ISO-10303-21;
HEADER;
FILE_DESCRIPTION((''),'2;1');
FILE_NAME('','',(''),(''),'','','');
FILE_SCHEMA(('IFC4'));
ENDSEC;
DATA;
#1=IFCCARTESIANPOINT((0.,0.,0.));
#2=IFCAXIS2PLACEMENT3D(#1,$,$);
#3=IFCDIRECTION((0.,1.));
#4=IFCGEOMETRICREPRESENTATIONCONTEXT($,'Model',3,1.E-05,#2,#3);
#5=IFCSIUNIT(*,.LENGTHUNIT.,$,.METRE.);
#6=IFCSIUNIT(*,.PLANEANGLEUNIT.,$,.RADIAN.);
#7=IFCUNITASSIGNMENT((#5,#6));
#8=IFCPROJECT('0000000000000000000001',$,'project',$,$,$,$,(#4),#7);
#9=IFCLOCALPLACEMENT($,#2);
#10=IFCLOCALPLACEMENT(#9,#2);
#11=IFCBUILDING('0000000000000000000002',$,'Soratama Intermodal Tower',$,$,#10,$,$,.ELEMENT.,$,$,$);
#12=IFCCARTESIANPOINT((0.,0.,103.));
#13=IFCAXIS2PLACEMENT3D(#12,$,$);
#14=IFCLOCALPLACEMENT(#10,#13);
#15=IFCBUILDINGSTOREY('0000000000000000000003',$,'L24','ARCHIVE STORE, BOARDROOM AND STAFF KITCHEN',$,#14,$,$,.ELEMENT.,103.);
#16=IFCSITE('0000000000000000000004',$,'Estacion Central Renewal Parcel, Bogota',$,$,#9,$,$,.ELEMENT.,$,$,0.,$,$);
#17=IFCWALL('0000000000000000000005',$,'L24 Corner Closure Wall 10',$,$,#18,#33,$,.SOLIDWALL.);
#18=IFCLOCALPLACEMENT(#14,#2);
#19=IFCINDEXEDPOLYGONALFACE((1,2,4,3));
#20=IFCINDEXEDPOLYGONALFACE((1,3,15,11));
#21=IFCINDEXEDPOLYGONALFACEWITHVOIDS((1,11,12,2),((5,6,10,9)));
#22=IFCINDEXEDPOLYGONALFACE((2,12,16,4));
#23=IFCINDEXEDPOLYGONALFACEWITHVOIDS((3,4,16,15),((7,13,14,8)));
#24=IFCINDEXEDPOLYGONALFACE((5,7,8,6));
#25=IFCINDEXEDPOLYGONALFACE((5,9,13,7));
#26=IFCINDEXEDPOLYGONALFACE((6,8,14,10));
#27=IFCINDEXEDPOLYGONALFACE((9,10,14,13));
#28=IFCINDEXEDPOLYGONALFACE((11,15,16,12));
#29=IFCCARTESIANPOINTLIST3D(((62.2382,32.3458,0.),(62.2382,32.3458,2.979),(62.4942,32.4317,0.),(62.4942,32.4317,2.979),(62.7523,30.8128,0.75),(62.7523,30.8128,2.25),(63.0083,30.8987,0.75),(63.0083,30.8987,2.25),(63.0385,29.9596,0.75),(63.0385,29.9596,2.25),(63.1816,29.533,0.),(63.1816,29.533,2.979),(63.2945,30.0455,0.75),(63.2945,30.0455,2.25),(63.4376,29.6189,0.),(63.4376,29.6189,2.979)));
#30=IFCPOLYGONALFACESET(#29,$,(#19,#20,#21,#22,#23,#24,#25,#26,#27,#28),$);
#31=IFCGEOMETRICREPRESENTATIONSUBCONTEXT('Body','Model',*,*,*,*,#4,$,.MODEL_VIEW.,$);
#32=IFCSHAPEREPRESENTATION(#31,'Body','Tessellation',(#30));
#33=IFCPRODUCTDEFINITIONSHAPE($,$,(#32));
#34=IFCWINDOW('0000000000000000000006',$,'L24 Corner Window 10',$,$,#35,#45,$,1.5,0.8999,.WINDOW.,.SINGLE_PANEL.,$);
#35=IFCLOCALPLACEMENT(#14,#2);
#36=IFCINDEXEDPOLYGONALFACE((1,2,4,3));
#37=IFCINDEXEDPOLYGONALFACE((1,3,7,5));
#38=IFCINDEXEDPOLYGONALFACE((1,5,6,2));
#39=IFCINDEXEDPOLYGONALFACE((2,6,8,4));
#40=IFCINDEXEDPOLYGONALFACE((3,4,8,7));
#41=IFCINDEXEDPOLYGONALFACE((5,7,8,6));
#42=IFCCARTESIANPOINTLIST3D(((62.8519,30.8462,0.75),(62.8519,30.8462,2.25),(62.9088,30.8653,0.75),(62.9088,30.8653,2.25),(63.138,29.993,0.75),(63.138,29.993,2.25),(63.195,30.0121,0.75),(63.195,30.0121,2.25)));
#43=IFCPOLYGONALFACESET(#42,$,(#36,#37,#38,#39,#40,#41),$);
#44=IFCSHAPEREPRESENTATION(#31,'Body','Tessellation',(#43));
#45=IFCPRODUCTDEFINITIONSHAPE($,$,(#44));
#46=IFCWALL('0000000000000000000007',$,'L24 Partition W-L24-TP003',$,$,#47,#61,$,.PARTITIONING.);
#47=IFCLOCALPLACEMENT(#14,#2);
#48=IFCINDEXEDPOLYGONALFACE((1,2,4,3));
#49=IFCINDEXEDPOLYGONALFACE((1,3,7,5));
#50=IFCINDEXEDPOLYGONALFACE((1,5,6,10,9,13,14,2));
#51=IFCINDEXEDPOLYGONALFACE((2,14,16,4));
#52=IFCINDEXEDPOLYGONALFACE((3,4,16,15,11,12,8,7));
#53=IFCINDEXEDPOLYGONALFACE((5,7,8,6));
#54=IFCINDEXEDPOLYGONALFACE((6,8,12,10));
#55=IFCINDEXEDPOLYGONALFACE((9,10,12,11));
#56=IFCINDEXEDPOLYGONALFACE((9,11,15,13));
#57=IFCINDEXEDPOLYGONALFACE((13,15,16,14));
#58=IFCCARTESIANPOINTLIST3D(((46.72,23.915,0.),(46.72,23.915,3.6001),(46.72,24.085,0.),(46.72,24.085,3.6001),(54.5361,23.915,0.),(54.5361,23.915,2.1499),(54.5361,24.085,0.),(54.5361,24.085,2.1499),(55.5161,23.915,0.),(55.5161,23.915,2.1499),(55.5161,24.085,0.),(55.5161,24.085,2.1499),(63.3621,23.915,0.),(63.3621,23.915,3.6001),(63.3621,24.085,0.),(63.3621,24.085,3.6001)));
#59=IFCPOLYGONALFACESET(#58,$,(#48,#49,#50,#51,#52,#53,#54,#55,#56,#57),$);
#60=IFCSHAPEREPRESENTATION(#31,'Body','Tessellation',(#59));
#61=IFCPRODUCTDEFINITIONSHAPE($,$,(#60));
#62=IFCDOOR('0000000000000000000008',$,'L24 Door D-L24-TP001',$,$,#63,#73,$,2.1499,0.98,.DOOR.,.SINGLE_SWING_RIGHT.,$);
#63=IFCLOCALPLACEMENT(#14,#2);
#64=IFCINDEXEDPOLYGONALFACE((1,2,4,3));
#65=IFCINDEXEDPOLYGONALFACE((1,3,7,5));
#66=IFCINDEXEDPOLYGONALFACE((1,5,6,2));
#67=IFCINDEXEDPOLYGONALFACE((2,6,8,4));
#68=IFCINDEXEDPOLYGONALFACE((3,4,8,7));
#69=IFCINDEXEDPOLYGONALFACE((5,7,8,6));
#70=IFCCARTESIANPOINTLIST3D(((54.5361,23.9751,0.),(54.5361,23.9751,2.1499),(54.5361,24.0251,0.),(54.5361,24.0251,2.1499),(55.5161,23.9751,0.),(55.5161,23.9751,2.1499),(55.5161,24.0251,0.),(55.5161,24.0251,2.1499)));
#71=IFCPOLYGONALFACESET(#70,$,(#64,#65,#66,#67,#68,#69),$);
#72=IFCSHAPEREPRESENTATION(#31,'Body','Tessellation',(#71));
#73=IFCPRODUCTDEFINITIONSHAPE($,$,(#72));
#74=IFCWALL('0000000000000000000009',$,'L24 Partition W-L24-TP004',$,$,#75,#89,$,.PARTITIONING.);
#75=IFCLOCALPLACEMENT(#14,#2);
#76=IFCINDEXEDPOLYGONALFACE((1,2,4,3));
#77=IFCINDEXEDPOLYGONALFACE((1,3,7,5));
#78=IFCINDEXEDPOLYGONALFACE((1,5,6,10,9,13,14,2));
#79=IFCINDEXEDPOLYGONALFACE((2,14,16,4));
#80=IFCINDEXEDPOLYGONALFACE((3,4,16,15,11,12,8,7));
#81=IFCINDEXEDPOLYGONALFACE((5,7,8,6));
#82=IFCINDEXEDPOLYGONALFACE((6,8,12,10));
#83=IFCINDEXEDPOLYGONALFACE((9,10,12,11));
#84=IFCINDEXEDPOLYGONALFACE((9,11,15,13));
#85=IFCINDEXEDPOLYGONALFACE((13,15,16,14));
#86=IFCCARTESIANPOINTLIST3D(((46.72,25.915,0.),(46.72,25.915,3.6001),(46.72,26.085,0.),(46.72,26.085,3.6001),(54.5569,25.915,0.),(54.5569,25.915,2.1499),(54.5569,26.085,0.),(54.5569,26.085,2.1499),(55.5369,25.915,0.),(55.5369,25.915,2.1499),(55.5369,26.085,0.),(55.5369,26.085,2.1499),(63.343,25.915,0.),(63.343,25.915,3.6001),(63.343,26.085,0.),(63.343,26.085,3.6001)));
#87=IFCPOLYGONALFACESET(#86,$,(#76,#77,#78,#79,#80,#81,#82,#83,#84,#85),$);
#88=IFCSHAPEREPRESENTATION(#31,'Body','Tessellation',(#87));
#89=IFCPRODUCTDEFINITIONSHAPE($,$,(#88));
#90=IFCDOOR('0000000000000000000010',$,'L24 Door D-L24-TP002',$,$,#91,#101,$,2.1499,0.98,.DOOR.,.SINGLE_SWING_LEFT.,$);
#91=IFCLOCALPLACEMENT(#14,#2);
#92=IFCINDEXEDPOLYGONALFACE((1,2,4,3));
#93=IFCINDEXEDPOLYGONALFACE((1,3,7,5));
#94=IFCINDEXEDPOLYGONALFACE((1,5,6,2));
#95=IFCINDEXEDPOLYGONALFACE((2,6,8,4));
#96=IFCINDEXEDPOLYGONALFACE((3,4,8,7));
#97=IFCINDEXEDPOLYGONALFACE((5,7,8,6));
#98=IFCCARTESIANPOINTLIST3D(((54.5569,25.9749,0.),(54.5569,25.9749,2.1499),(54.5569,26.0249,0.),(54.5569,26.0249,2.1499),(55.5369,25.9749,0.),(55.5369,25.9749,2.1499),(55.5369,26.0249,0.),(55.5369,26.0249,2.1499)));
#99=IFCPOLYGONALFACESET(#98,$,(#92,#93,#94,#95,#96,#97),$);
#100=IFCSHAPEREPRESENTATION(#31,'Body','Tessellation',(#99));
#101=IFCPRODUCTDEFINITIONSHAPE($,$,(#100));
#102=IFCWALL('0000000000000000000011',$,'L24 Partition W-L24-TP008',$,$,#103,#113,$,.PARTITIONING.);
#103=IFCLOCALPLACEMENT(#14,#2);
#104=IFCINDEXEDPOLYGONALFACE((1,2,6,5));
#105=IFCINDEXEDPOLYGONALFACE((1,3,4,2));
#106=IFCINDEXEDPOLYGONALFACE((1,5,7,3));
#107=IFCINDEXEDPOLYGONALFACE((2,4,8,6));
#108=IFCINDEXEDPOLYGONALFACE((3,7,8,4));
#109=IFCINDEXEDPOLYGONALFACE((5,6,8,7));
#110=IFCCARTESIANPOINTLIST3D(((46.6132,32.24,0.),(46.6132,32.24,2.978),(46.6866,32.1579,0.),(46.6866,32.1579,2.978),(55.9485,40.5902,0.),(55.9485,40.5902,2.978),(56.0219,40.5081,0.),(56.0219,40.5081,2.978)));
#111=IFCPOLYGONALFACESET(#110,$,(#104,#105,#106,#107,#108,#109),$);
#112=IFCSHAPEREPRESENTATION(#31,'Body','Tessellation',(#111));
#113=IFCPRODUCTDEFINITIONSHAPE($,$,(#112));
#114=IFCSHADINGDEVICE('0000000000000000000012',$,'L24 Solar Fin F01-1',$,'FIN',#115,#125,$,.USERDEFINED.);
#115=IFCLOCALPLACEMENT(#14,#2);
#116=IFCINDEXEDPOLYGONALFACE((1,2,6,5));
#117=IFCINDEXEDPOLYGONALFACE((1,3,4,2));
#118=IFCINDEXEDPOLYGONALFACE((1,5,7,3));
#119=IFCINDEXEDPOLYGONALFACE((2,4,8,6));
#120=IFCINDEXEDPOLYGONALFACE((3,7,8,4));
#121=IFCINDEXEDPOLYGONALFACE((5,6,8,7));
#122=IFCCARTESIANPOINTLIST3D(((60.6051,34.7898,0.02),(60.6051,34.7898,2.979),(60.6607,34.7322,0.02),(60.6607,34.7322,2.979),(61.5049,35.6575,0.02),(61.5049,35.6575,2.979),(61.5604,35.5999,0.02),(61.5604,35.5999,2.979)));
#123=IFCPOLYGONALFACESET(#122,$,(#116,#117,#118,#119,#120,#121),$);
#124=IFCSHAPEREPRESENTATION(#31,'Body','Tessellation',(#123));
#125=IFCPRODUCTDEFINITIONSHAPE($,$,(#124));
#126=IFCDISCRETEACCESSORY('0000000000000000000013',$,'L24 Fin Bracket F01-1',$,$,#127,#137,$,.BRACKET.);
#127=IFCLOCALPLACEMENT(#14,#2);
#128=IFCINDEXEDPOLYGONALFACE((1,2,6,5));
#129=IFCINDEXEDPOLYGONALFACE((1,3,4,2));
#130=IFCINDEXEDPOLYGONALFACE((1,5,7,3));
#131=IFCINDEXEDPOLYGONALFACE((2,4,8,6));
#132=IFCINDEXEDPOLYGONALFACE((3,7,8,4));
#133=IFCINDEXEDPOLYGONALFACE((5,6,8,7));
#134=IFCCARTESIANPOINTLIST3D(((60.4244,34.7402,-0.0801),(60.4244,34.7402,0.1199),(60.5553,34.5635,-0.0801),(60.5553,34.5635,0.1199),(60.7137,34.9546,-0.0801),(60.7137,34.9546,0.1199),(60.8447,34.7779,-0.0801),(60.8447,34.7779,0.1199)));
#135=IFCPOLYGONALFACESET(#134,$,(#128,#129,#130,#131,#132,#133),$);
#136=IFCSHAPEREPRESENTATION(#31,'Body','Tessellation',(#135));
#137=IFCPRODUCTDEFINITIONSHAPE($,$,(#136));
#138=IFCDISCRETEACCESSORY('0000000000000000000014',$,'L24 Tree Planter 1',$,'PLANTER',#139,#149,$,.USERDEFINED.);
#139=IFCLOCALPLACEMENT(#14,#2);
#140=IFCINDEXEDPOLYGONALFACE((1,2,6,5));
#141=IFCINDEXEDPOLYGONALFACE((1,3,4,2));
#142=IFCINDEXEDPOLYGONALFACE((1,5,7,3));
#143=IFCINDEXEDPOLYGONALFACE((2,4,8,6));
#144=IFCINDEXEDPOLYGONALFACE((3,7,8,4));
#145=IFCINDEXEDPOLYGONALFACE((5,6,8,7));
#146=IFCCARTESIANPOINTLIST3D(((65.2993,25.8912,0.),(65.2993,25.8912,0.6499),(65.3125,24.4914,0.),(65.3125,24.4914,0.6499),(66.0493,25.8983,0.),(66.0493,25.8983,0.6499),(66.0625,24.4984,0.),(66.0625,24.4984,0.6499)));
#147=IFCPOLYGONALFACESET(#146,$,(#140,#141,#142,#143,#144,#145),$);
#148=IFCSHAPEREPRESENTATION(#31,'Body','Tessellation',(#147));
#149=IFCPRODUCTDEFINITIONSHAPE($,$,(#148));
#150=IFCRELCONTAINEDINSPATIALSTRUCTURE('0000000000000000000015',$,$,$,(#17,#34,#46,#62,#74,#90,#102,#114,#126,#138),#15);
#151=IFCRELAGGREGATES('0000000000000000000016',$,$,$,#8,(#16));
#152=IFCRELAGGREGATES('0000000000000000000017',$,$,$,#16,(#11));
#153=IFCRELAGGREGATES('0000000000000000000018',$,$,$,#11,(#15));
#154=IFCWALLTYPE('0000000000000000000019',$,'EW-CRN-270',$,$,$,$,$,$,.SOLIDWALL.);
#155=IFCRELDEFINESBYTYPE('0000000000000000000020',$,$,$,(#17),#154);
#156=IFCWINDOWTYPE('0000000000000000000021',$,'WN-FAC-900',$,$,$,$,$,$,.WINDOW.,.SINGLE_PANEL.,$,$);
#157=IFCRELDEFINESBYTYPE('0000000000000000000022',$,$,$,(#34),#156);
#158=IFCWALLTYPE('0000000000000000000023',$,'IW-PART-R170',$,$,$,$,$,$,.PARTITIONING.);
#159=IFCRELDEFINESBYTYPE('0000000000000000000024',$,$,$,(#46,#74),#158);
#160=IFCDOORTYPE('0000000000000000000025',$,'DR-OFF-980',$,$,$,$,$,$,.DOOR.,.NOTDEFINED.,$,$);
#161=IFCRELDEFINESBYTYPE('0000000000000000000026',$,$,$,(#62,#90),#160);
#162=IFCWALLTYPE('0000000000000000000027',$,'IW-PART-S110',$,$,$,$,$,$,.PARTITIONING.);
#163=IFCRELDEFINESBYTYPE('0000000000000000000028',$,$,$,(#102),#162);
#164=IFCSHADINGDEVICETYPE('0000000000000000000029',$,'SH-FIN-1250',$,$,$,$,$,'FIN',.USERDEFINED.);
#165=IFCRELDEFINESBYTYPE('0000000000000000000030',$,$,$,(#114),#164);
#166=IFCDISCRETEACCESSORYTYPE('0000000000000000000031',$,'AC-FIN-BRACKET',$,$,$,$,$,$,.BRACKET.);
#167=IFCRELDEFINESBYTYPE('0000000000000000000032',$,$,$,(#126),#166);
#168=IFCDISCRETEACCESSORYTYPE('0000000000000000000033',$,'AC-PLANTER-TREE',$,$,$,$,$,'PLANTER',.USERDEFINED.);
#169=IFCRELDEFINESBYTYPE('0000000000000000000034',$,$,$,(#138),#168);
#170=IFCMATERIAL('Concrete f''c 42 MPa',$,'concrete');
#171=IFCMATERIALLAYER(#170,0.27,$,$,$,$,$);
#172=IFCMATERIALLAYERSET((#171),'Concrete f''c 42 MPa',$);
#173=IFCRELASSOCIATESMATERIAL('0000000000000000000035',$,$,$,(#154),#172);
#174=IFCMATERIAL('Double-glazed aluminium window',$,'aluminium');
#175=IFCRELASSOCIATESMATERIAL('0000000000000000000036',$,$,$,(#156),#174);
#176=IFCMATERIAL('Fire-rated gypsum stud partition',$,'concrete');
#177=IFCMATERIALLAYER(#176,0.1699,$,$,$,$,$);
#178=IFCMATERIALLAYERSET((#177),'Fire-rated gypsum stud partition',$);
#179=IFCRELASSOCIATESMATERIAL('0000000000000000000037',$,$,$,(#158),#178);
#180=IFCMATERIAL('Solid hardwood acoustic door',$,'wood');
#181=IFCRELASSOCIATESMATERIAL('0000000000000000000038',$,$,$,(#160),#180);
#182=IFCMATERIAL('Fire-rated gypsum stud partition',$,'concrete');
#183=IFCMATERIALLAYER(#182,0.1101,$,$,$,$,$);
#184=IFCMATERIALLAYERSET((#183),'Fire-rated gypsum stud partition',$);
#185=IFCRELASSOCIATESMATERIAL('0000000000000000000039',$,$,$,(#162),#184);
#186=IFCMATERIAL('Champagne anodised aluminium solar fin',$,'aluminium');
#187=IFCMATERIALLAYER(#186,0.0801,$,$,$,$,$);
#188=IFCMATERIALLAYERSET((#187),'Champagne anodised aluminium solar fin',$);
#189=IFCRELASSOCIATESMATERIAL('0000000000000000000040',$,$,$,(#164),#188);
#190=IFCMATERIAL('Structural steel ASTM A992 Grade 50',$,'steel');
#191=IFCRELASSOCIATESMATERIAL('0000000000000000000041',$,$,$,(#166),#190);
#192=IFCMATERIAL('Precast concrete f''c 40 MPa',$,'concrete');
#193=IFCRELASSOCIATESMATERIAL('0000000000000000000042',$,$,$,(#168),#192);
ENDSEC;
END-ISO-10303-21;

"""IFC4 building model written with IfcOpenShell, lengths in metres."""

from ifc_helpers import new_model, si_unit, direction, frame, frame_2d, origin, origin_2d, place, context, subcontext, project, spatial, rectangle, extrude, material, layer, layer_set, type_object, element, fill, save


model = new_model("IFC4")

# Units and contexts
model_context = context("Model", 3, precision=1e-05, world=origin(), true_north=direction((0.0, 1.0)))
body_context = subcontext(model_context, "Body", "Model", "MODEL_VIEW")
ifc_project = project(units=[si_unit("LENGTHUNIT", "METRE"), si_unit("PLANEANGLEUNIT", "RADIAN")], contexts=[model_context])

# Site, building, storey
site_placement = place(None, origin())
site = spatial("IfcSite", under=ifc_project, at=site_placement, Name="Estacion Central Renewal Parcel, Bogota", CompositionType="ELEMENT", RefElevation=0.0)
building_placement = place(site_placement, origin())
building = spatial("IfcBuilding", under=site, at=building_placement, Name="Soratama Intermodal Tower", CompositionType="ELEMENT")
storey_placement = place(building_placement, frame((0.0, 0.0, 103.0)))
storey = spatial("IfcBuildingStorey", under=building, at=storey_placement, Name="L24", Description="ARCHIVE STORE, BOARDROOM AND STAFF KITCHEN", CompositionType="ELEMENT", Elevation=103.0)

# Wall, opening, window
ifc_material_1 = material(Name="Concrete f'c 42 MPa", Category="concrete")
ifc_layer_1 = layer(ifc_material_1, 0.27)
ifc_layer_set_1 = layer_set([ifc_layer_1], Name="Concrete f'c 42 MPa")
wall_type_1 = type_object("IfcWallType", Name="EW-CRN-270", PredefinedType="SOLIDWALL", material=ifc_layer_set_1)
wall_1_placement = place(storey_placement, frame((63.3096, 29.5759, 0.0), z_axis=(0.0, 0.0, 1.0), x_axis=(-0.31798, 0.948097, 0.0)))
wall_1 = element("IfcWall", 1, at=wall_1_placement, inside=storey, type_object=wall_type_1, Name="L24 Corner Closure Wall 10", PredefinedType="SOLIDWALL", context=body_context, shape_type="SweptSolid", body=[
    extrude(rectangle(XDim=2.9668, YDim=0.27, at=frame_2d((1.4834, 0.0))), origin(), (0.0, 0.0, 1.0), 2.979),
])
opening_1_placement = place(wall_1_placement, frame((0.45, 0.0, 0.75)))
opening_1 = element("IfcOpeningElement", 2, at=opening_1_placement, cuts=wall_1, PredefinedType="OPENING", context=body_context, shape_type="SweptSolid", body=[
    extrude(rectangle(XDim=0.8999, YDim=1.5, at=frame_2d((0.45, 0.75))), frame((0.0, 0.145, 0.0), z_axis=(0.0, -1.0, 0.0), x_axis=(1.0, 0.0, 0.0)), (0.0, 0.0, 1.0), 0.29),
])
ifc_material_2 = material(Name="Double-glazed aluminium window", Category="aluminium")
window_type = type_object("IfcWindowType", Name="WN-FAC-900", PartitioningType="SINGLE_PANEL", PredefinedType="WINDOW", material=ifc_material_2)
window_placement = place(opening_1_placement, origin())
window = element("IfcWindow", 3, at=window_placement, inside=storey, type_object=window_type, Name="L24 Corner Window 10", OverallHeight=1.5, OverallWidth=0.8999, PartitioningType="SINGLE_PANEL", PredefinedType="WINDOW", context=body_context, shape_type="SweptSolid", body=[
    extrude(rectangle(XDim=0.8999, YDim=1.5, at=frame_2d((0.45, 0.75))), frame((0.0, 0.03, 0.0), z_axis=(0.0, -1.0, 0.0), x_axis=(1.0, 0.0, 0.0)), (0.0, 0.0, 1.0), 0.0601),
])
fill(opening_1, window)

# Walls, openings, doors
ifc_material_3 = material(Name="Fire-rated gypsum stud partition", Category="concrete")
ifc_layer_2 = layer(ifc_material_3, 0.1699)
ifc_layer_set_2 = layer_set([ifc_layer_2], Name="Fire-rated gypsum stud partition")
wall_type_2 = type_object("IfcWallType", Name="IW-PART-R170", PredefinedType="PARTITIONING", material=ifc_layer_set_2)
wall_2_placement = place(storey_placement, frame((63.3621, 24.0, 0.0), z_axis=(0.0, 0.0, 1.0), x_axis=(-1.0, 0.0, 0.0)))
wall_2 = element("IfcWall", 4, at=wall_2_placement, inside=storey, type_object=wall_type_2, Name="L24 Partition W-L24-TP003", PredefinedType="PARTITIONING", context=body_context, shape_type="SweptSolid", body=[
    extrude(rectangle(XDim=16.6421, YDim=0.1699, at=frame_2d((8.321, 0.0))), origin(), (0.0, 0.0, 1.0), 3.6001),
])
opening_2_placement = place(wall_2_placement, frame((7.8459, 0.0, 0.0)))
opening_2 = element("IfcOpeningElement", 5, at=opening_2_placement, cuts=wall_2, PredefinedType="OPENING", context=body_context, shape_type="SweptSolid", body=[
    extrude(rectangle(XDim=0.98, YDim=2.1499, at=frame_2d((0.49, 1.075))), frame((0.0, 0.095, 0.0), z_axis=(0.0, -1.0, 0.0), x_axis=(1.0, 0.0, 0.0)), (0.0, 0.0, 1.0), 0.1899),
])
ifc_material_4 = material(Name="Solid hardwood acoustic door", Category="wood")
door_type = type_object("IfcDoorType", Name="DR-OFF-980", OperationType="NOTDEFINED", PredefinedType="DOOR", material=ifc_material_4)
door_1_placement = place(opening_2_placement, origin())
door_1 = element("IfcDoor", 6, at=door_1_placement, inside=storey, type_object=door_type, Name="L24 Door D-L24-TP001", OperationType="SINGLE_SWING_RIGHT", OverallHeight=2.1499, OverallWidth=0.98, PredefinedType="DOOR", context=body_context, shape_type="SweptSolid", body=[
    extrude(rectangle(XDim=0.98, YDim=2.1499, at=frame_2d((0.49, 1.075))), frame((0.0, 0.0249, 0.0), z_axis=(0.0, -1.0, 0.0), x_axis=(1.0, 0.0, 0.0)), (0.0, 0.0, 1.0), 0.05),
])
fill(opening_2, door_1)
wall_3_placement = place(storey_placement, frame((46.72, 26.0, 0.0), z_axis=(0.0, 0.0, 1.0), x_axis=(1.0, 0.0, 0.0)))
wall_3 = element("IfcWall", 7, at=wall_3_placement, inside=storey, type_object=wall_type_2, Name="L24 Partition W-L24-TP004", PredefinedType="PARTITIONING", context=body_context, shape_type="SweptSolid", body=[
    extrude(rectangle(XDim=16.623, YDim=0.1699, at=frame_2d((8.3115, 0.0))), origin(), (0.0, 0.0, 1.0), 3.6001),
])
opening_3_placement = place(wall_3_placement, frame((7.8369, 0.0, 0.0)))
opening_3 = element("IfcOpeningElement", 8, at=opening_3_placement, cuts=wall_3, PredefinedType="OPENING", context=body_context, shape_type="SweptSolid", body=[
    extrude(rectangle(XDim=0.98, YDim=2.1499, at=frame_2d((0.49, 1.075))), frame((0.0, 0.095, 0.0), z_axis=(0.0, -1.0, 0.0), x_axis=(1.0, 0.0, 0.0)), (0.0, 0.0, 1.0), 0.1899),
])
door_2_placement = place(opening_3_placement, origin())
door_2 = element("IfcDoor", 9, at=door_2_placement, inside=storey, type_object=door_type, Name="L24 Door D-L24-TP002", OperationType="SINGLE_SWING_LEFT", OverallHeight=2.1499, OverallWidth=0.98, PredefinedType="DOOR", context=body_context, shape_type="SweptSolid", body=[
    extrude(rectangle(XDim=0.98, YDim=2.1499, at=frame_2d((0.49, 1.075))), frame((0.0, 0.0249, 0.0), z_axis=(0.0, -1.0, 0.0), x_axis=(1.0, 0.0, 0.0)), (0.0, 0.0, 1.0), 0.05),
])
fill(opening_3, door_2)

# Wall
ifc_material_5 = material(Name="Fire-rated gypsum stud partition", Category="concrete")
ifc_layer_3 = layer(ifc_material_5, 0.1101)
ifc_layer_set_3 = layer_set([ifc_layer_3], Name="Fire-rated gypsum stud partition")
wall_type_3 = type_object("IfcWallType", Name="IW-PART-S110", PredefinedType="PARTITIONING", material=ifc_layer_set_3)
wall_4_placement = place(storey_placement, frame((46.6499, 32.199, 0.0), z_axis=(0.0, 0.0, 1.0), x_axis=(0.745339, 0.666686, 0.0)))
element("IfcWall", 10, at=wall_4_placement, inside=storey, type_object=wall_type_3, Name="L24 Partition W-L24-TP008", PredefinedType="PARTITIONING", context=body_context, shape_type="SweptSolid", body=[
    extrude(rectangle(XDim=12.5249, YDim=0.1101, at=frame_2d((6.2625, 0.0))), origin(), (0.0, 0.0, 1.0), 2.978),
])

# Shading device
ifc_material_6 = material(Name="Champagne anodised aluminium solar fin", Category="aluminium")
ifc_layer_4 = layer(ifc_material_6, 0.0801)
ifc_layer_set_4 = layer_set([ifc_layer_4], Name="Champagne anodised aluminium solar fin")
shading_device_type = type_object("IfcShadingDeviceType", Name="SH-FIN-1250", ElementType="FIN", PredefinedType="USERDEFINED", material=ifc_layer_set_4)
shading_device_placement = place(storey_placement, frame((61.0828, 35.1948, 0.02), z_axis=(0.0, 0.0, 1.0), x_axis=(0.719825, 0.694156, 0.0)))
element("IfcShadingDevice", 11, at=shading_device_placement, inside=storey, type_object=shading_device_type, Name="L24 Solar Fin F01-1", ObjectType="FIN", PredefinedType="USERDEFINED", context=body_context, shape_type="SweptSolid", body=[
    extrude(rectangle(XDim=1.25, YDim=0.0801, at=origin_2d()), origin(), (0.0, 0.0, 1.0), 2.959),
])

# Discrete accessories
ifc_material_7 = material(Name="Structural steel ASTM A992 Grade 50", Category="steel")
discrete_accessory_type_1 = type_object("IfcDiscreteAccessoryType", Name="AC-FIN-BRACKET", PredefinedType="BRACKET", material=ifc_material_7)
discrete_accessory_1_placement = place(storey_placement, frame((60.6345, 34.759, -0.0801), z_axis=(0.0, 0.0, 1.0), x_axis=(0.803441, 0.595384, 0.0)))
element("IfcDiscreteAccessory", 12, at=discrete_accessory_1_placement, inside=storey, type_object=discrete_accessory_type_1, Name="L24 Fin Bracket F01-1", PredefinedType="BRACKET", context=body_context, shape_type="SweptSolid", body=[
    extrude(rectangle(XDim=0.3601, YDim=0.22, at=origin_2d()), origin(), (0.0, 0.0, 1.0), 0.2),
])
ifc_material_8 = material(Name="Precast concrete f'c 40 MPa", Category="concrete")
discrete_accessory_type_2 = type_object("IfcDiscreteAccessoryType", Name="AC-PLANTER-TREE", ElementType="PLANTER", PredefinedType="USERDEFINED", material=ifc_material_8)
discrete_accessory_2_placement = place(storey_placement, frame((65.6809, 25.1948, 0.0), z_axis=(0.0, 0.0, 1.0), x_axis=(0.999956, 0.009425, 0.0)))
element("IfcDiscreteAccessory", 13, at=discrete_accessory_2_placement, inside=storey, type_object=discrete_accessory_type_2, Name="L24 Tree Planter 1", ObjectType="PLANTER", PredefinedType="USERDEFINED", context=body_context, shape_type="SweptSolid", body=[
    extrude(rectangle(XDim=0.75, YDim=1.3999, at=origin_2d()), origin(), (0.0, 0.0, 1.0), 0.6499),
])

save(model, "model.ifc")
